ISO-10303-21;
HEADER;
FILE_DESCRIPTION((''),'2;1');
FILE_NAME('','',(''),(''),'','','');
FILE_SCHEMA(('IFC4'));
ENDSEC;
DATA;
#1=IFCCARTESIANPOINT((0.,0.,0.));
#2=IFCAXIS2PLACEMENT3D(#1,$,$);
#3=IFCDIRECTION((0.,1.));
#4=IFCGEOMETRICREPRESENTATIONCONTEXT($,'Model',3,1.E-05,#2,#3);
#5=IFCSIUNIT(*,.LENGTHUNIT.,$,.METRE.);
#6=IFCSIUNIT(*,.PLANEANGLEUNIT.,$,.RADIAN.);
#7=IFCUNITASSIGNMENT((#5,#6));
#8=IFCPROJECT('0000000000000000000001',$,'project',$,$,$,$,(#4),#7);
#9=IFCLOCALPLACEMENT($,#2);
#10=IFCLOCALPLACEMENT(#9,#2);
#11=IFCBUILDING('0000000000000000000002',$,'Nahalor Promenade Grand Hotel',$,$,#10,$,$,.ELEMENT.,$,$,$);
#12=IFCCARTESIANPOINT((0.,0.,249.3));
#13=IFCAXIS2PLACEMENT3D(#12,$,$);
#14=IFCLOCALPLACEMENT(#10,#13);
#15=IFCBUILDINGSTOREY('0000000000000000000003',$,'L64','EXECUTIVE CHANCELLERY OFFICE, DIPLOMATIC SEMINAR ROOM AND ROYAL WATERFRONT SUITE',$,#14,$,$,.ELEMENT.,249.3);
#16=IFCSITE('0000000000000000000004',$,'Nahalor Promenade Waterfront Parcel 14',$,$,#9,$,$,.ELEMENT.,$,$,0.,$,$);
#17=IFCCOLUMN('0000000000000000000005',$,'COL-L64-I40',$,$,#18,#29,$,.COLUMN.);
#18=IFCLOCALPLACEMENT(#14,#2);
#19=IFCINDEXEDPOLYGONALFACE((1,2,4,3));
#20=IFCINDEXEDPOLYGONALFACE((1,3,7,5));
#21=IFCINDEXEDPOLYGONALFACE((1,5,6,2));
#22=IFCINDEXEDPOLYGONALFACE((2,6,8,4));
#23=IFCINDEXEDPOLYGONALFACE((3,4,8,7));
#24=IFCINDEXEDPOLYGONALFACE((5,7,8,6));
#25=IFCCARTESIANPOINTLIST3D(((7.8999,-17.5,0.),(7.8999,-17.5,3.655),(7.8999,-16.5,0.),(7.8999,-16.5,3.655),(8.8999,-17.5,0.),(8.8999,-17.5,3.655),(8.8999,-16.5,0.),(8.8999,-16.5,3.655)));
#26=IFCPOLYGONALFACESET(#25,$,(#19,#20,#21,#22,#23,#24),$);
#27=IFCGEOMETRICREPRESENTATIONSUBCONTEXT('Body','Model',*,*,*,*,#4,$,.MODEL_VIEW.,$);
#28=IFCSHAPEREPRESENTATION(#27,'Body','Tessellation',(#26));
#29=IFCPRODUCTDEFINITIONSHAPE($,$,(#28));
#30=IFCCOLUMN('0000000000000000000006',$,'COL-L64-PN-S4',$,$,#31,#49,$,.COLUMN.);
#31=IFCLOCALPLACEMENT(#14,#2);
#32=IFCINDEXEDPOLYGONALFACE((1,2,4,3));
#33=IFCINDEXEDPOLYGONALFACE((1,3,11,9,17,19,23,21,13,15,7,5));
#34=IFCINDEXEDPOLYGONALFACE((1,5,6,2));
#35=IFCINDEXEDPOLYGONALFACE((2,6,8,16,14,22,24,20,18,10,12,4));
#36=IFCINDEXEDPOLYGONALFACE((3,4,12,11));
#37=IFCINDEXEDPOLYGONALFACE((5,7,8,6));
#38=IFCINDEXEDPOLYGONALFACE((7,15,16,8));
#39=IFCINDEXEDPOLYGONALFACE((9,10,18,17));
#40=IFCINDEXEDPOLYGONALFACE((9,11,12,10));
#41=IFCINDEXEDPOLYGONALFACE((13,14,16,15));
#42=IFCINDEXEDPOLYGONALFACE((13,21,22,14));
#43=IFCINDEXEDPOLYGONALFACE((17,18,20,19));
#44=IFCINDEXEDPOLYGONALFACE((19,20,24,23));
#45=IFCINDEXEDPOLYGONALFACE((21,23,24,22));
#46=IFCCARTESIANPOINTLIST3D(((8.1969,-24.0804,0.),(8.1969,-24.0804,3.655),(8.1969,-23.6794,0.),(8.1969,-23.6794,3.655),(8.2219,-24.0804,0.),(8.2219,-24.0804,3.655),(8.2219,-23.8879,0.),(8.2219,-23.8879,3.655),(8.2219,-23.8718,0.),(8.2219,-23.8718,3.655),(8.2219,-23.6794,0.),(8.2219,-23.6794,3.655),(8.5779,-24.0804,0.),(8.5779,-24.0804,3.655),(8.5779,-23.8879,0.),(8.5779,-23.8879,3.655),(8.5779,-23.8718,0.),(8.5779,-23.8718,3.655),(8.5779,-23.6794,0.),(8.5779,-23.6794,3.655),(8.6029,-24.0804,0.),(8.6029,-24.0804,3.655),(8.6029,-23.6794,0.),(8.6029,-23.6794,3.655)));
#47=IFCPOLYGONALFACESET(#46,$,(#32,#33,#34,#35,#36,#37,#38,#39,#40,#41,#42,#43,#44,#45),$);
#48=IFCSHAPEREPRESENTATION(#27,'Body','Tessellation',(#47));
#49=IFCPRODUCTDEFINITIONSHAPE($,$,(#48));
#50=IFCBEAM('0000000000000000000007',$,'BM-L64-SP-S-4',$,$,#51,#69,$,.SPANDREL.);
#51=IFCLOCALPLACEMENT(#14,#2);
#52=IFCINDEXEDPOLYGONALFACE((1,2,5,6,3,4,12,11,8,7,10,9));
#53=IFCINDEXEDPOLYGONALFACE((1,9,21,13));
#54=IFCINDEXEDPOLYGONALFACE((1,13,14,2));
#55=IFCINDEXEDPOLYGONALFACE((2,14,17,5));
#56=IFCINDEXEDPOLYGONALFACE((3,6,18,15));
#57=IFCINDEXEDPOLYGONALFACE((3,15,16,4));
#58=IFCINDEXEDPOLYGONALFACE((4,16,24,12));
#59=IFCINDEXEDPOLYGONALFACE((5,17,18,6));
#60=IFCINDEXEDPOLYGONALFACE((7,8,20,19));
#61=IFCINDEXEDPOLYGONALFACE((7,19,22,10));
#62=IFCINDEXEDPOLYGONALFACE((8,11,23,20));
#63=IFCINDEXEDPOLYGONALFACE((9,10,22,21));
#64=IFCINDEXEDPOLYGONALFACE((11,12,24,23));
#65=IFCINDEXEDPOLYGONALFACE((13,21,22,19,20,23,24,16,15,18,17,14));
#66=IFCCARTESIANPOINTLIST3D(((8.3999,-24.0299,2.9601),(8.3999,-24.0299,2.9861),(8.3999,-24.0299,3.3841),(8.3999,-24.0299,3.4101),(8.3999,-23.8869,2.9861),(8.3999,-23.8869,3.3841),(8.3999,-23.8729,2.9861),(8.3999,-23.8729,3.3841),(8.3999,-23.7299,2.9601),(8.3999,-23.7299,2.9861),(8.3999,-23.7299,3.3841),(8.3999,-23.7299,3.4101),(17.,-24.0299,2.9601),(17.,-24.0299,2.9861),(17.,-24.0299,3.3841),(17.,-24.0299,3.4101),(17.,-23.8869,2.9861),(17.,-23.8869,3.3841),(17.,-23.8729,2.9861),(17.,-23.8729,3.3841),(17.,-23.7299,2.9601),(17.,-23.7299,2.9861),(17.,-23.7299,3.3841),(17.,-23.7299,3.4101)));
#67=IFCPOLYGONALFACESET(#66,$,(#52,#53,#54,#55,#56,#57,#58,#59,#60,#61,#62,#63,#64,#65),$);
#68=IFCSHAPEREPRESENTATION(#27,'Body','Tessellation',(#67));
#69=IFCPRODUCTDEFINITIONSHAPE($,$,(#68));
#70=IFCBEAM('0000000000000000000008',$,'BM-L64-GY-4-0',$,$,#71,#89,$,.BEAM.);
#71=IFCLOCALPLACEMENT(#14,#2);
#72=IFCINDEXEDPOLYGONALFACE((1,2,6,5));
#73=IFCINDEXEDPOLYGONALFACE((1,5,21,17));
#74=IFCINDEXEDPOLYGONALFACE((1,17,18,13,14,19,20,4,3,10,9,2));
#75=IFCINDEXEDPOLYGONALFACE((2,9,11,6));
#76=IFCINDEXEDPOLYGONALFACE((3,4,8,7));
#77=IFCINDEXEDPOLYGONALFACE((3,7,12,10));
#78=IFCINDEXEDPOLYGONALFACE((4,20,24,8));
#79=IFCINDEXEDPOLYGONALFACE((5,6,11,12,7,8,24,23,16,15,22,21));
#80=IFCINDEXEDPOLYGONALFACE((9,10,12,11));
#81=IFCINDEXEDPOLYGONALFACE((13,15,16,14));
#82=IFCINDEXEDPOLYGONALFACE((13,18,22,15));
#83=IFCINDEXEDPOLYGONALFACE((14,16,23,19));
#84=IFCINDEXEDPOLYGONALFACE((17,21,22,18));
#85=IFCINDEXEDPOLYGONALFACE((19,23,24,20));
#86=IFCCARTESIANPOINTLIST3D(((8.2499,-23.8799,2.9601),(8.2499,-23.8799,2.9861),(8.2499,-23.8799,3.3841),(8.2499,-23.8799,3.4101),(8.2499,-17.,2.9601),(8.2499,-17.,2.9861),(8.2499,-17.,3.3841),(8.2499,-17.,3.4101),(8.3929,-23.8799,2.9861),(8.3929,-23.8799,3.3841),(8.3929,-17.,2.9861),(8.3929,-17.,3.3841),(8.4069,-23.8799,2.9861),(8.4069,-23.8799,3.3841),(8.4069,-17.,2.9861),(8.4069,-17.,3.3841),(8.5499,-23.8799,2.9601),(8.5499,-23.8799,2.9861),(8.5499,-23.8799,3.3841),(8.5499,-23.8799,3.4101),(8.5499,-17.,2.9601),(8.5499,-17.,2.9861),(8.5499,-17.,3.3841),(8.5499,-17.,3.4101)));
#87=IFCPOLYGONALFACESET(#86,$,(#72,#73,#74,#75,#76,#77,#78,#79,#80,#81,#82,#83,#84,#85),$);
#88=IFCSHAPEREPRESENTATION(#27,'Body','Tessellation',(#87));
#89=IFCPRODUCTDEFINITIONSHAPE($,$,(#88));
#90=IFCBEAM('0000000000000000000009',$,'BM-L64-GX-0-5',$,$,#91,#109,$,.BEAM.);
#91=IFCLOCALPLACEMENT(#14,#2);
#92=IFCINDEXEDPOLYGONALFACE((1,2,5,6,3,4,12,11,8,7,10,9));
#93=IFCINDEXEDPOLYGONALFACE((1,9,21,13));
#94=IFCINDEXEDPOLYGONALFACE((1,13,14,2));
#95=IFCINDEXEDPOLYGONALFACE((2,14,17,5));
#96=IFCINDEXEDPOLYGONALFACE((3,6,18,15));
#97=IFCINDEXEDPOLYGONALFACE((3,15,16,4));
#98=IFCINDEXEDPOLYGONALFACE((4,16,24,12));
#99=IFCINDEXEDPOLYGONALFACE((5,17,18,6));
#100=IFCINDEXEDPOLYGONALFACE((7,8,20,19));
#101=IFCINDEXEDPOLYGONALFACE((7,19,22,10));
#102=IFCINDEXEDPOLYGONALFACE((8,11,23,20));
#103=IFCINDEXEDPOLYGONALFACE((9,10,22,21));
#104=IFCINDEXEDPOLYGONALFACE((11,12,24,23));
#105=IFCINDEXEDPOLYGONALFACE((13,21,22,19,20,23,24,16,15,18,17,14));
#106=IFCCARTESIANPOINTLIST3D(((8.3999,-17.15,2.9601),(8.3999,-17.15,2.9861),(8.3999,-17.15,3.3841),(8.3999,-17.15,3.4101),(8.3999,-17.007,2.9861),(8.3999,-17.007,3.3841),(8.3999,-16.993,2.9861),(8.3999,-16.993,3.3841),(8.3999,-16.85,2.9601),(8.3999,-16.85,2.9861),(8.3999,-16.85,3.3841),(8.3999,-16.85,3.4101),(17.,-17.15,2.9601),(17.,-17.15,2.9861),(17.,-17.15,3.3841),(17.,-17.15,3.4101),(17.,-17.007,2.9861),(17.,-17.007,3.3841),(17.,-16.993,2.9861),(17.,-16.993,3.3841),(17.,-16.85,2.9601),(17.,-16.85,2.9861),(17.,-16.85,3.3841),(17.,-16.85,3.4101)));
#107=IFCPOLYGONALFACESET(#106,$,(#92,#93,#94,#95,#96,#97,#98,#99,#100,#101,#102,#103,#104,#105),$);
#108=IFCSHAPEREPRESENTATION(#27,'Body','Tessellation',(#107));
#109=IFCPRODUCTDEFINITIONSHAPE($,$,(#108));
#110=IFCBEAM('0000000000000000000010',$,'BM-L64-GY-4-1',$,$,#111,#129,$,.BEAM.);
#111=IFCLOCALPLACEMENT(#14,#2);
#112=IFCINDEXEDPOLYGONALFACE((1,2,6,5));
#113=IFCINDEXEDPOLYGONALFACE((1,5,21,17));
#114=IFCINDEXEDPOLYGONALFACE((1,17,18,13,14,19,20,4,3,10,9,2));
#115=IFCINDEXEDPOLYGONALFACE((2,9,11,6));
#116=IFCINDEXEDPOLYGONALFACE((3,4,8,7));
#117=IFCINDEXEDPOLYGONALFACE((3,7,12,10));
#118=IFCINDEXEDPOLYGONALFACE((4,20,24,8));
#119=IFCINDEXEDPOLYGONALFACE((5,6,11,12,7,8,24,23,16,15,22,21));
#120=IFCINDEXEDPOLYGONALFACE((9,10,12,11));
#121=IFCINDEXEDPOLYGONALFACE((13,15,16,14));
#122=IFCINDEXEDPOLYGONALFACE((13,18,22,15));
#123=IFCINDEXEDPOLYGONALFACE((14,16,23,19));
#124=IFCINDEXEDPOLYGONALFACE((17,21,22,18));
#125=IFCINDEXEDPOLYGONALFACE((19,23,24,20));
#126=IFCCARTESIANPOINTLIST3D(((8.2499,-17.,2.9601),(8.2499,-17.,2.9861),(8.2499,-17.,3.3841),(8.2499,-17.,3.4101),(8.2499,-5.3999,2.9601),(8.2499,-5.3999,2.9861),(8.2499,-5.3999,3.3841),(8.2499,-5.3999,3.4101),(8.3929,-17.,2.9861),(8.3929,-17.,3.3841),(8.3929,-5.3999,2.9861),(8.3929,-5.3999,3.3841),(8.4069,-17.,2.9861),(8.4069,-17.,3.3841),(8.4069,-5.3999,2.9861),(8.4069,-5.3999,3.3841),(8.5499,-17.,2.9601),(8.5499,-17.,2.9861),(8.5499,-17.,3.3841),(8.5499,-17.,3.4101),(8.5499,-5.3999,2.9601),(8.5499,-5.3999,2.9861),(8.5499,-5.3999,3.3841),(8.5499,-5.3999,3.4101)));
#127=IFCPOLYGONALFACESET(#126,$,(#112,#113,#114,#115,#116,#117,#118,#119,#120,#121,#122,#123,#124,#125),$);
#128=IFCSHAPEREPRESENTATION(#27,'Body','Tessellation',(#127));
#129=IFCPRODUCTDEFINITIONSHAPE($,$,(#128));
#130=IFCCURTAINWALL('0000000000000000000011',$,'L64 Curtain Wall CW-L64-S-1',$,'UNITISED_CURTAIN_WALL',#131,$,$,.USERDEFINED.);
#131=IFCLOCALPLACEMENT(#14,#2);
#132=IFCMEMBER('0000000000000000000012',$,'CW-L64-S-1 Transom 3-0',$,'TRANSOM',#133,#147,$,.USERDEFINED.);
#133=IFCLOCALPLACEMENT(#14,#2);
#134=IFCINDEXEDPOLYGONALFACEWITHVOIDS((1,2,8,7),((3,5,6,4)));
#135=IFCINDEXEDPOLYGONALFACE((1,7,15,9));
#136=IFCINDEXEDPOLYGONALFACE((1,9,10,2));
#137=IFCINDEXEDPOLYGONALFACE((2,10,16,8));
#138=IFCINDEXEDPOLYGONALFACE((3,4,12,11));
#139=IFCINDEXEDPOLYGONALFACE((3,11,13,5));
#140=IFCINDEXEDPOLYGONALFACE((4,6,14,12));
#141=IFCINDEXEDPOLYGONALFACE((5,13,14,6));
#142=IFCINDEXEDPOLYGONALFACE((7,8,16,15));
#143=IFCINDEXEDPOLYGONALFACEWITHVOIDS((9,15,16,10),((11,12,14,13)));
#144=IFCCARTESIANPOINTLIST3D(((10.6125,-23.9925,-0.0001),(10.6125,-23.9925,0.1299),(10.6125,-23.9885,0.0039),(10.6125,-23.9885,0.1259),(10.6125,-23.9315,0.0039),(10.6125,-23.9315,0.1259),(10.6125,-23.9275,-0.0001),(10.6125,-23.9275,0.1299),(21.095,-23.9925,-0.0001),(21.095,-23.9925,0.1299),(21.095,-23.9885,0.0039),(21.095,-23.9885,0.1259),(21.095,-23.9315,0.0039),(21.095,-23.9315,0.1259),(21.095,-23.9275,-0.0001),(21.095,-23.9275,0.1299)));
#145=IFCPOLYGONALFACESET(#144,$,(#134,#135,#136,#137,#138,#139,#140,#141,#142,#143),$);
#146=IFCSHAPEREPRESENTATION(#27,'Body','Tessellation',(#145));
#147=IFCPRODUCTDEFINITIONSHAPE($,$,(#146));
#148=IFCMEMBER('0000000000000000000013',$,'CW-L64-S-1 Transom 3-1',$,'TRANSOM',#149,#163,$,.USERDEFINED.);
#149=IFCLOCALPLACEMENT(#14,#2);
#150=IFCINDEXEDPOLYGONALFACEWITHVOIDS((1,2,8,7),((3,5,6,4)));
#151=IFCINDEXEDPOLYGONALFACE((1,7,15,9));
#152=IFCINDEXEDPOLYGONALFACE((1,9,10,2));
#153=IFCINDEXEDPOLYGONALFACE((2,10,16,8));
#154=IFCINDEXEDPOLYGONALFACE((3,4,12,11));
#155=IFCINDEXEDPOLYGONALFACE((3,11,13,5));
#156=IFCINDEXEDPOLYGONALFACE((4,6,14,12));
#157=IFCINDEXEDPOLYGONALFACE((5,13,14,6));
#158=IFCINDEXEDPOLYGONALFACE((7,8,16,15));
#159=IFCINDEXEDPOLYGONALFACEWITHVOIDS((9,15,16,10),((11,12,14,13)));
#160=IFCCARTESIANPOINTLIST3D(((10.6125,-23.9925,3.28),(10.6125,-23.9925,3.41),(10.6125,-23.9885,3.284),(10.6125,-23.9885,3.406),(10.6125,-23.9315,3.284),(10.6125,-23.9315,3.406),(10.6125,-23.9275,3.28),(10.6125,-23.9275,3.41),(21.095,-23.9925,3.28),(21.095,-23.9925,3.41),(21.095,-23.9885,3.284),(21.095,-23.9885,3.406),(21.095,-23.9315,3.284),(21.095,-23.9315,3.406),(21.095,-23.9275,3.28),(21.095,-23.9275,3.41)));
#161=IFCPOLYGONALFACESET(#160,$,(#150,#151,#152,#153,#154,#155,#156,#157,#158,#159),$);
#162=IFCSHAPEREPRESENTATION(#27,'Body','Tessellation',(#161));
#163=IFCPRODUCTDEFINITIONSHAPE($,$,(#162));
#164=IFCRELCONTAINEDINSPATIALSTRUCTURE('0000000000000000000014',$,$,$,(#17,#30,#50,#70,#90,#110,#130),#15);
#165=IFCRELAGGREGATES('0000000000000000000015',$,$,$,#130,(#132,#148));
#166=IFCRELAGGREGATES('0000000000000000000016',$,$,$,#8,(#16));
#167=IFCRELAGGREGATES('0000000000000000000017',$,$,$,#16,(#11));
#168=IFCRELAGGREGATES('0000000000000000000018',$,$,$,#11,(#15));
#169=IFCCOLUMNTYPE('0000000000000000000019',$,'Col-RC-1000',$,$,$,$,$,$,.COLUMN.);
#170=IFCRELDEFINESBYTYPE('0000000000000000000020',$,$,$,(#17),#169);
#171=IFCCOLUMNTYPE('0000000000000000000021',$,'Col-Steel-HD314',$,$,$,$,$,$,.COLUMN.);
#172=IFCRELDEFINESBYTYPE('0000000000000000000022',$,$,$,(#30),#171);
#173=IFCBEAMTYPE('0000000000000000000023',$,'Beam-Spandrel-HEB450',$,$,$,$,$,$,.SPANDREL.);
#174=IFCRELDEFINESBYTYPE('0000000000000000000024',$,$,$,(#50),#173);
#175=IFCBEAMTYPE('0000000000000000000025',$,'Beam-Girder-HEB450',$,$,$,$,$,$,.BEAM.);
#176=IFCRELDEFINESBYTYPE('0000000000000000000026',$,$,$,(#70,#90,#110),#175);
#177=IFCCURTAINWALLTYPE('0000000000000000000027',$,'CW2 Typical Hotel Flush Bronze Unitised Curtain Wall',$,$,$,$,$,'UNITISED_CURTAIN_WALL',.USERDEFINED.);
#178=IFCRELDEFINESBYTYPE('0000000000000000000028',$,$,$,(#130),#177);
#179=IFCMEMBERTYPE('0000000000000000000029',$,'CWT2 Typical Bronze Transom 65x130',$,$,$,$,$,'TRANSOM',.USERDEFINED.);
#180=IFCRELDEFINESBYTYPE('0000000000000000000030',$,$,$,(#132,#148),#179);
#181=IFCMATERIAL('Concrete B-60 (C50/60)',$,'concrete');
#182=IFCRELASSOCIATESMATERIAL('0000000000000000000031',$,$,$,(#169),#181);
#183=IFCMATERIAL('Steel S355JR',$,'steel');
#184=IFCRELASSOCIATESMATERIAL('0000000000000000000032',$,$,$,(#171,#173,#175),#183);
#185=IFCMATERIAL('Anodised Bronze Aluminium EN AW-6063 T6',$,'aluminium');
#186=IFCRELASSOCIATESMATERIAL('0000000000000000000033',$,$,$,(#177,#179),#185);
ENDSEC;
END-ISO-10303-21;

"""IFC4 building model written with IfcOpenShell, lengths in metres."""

from ifc_helpers import new_model, si_unit, direction, frame, origin, origin_2d, place, context, subcontext, project, spatial, rectangle, hollow_rectangle, i_section, extrude, source, transform, mapped, material, material_profile, profile_set, type_object, element, aggregate, save


model = new_model("IFC4")

# Units and contexts
model_context = context("Model", 3, precision=1e-05, world=origin(), true_north=direction((0.0, 1.0)))
body_context = subcontext(model_context, "Body", "Model", "MODEL_VIEW")
ifc_project = project(units=[si_unit("LENGTHUNIT", "METRE"), si_unit("PLANEANGLEUNIT", "RADIAN")], contexts=[model_context])

# Site, building, storey
site_placement = place(None, origin())
site = spatial("IfcSite", under=ifc_project, at=site_placement, Name="Nahalor Promenade Waterfront Parcel 14", CompositionType="ELEMENT", RefElevation=0.0)
building_placement = place(site_placement, origin())
building = spatial("IfcBuilding", under=site, at=building_placement, Name="Nahalor Promenade Grand Hotel", CompositionType="ELEMENT")
storey_placement = place(building_placement, frame((0.0, 0.0, 249.3)))
storey = spatial("IfcBuildingStorey", under=building, at=storey_placement, Name="L64", Description="EXECUTIVE CHANCELLERY OFFICE, DIPLOMATIC SEMINAR ROOM AND ROYAL WATERFRONT SUITE", CompositionType="ELEMENT", Elevation=249.3)

# Columns
ifc_material_1 = material(Name="Concrete B-60 (C50/60)", Category="concrete")
ifc_material_profile_1 = material_profile(ifc_material_1, rectangle(XDim=1.0, YDim=1.0, at=origin_2d()), Name="RC 1000x1000")
ifc_profile_set_1 = profile_set([ifc_material_profile_1], Name="Concrete B-60 (C50/60)")
column_type_1 = type_object("IfcColumnType", Name="Col-RC-1000", PredefinedType="COLUMN", material=ifc_profile_set_1)
shared_shape_1 = source(origin(), body_context, "Body", "SweptSolid", [
    extrude(rectangle(XDim=1.0, YDim=1.0, at=origin_2d()), origin(), (0.0, 0.0, 1.0), 3.655),
])
column_1_placement = place(storey_placement, frame((8.3999, -17.0, 0.0), z_axis=(0.0, 0.0, 1.0), x_axis=(1.0, 0.0, 0.0)))
element("IfcColumn", 1, at=column_1_placement, inside=storey, type_object=column_type_1, Name="COL-L64-I40", PredefinedType="COLUMN", context=body_context, shape_type="MappedRepresentation", body=[
    mapped(shared_shape_1, transform((0.0, 0.0, 0.0), scale=1.0)),
])
ifc_material_2 = material(Name="Steel S355JR", Category="steel")
ifc_material_profile_2 = material_profile(ifc_material_2, i_section(OverallWidth=0.401, OverallDepth=0.406, WebThickness=0.0161, FlangeThickness=0.025, at=origin_2d()), Name="HD 400x314")
ifc_profile_set_2 = profile_set([ifc_material_profile_2], Name="Steel S355JR")
column_type_2 = type_object("IfcColumnType", Name="Col-Steel-HD314", PredefinedType="COLUMN", material=ifc_profile_set_2)
shared_shape_2 = source(origin(), body_context, "Body", "SweptSolid", [
    extrude(i_section(OverallWidth=0.401, OverallDepth=0.406, WebThickness=0.0161, FlangeThickness=0.025, at=origin_2d()), origin(), (0.0, 0.0, 1.0), 3.655),
])
column_2_placement = place(storey_placement, frame((8.3999, -23.8799, 0.0), z_axis=(0.0, 0.0, 1.0), x_axis=(0.0, 1.0, 0.0)))
element("IfcColumn", 2, at=column_2_placement, inside=storey, type_object=column_type_2, Name="COL-L64-PN-S4", PredefinedType="COLUMN", context=body_context, shape_type="MappedRepresentation", body=[
    mapped(shared_shape_2, transform((0.0, 0.0, 0.0), scale=1.0)),
])

# Beams
ifc_material_profile_3 = material_profile(ifc_material_2, i_section(OverallWidth=0.3, OverallDepth=0.45, WebThickness=0.014, FlangeThickness=0.026, at=origin_2d()), Name="HEB 450")
ifc_profile_set_3 = profile_set([ifc_material_profile_3], Name="Steel S355JR")
beam_type_1 = type_object("IfcBeamType", Name="Beam-Spandrel-HEB450", PredefinedType="SPANDREL", material=ifc_profile_set_3)
shared_shape_3 = source(origin(), body_context, "Body", "SweptSolid", [
    extrude(i_section(OverallWidth=0.3, OverallDepth=0.45, WebThickness=0.014, FlangeThickness=0.026, at=origin_2d()), origin(), (0.0, 0.0, 1.0), 8.6001),
])
beam_1_placement = place(storey_placement, frame((8.3999, -23.8799, 3.1851), z_axis=(1.0, 0.0, 0.0), x_axis=(0.0, 1.0, 0.0)))
element("IfcBeam", 3, at=beam_1_placement, inside=storey, type_object=beam_type_1, Name="BM-L64-SP-S-4", PredefinedType="SPANDREL", context=body_context, shape_type="MappedRepresentation", body=[
    mapped(shared_shape_3, transform((0.0, 0.0, 0.0), scale=1.0)),
])
ifc_material_profile_4 = material_profile(ifc_material_2, i_section(OverallWidth=0.3, OverallDepth=0.45, WebThickness=0.014, FlangeThickness=0.026, at=origin_2d()), Name="HEB 450")
ifc_profile_set_4 = profile_set([ifc_material_profile_4], Name="Steel S355JR")
beam_type_2 = type_object("IfcBeamType", Name="Beam-Girder-HEB450", PredefinedType="BEAM", material=ifc_profile_set_4)
shared_shape_4 = source(origin(), body_context, "Body", "SweptSolid", [
    extrude(i_section(OverallWidth=0.3, OverallDepth=0.45, WebThickness=0.014, FlangeThickness=0.026, at=origin_2d()), origin(), (0.0, 0.0, 1.0), 6.8799),
])
beam_2_placement = place(storey_placement, frame((8.3999, -23.8799, 3.1851), z_axis=(0.0, 1.0, 0.0), x_axis=(-1.0, 0.0, 0.0)))
element("IfcBeam", 4, at=beam_2_placement, inside=storey, type_object=beam_type_2, Name="BM-L64-GY-4-0", PredefinedType="BEAM", context=body_context, shape_type="MappedRepresentation", body=[
    mapped(shared_shape_4, transform((0.0, 0.0, 0.0), scale=1.0)),
])
shared_shape_5 = source(origin(), body_context, "Body", "SweptSolid", [
    extrude(i_section(OverallWidth=0.3, OverallDepth=0.45, WebThickness=0.014, FlangeThickness=0.026, at=origin_2d()), origin(), (0.0, 0.0, 1.0), 8.6001),
])
beam_3_placement = place(storey_placement, frame((8.3999, -17.0, 3.1851), z_axis=(1.0, 0.0, 0.0), x_axis=(0.0, 1.0, 0.0)))
element("IfcBeam", 5, at=beam_3_placement, inside=storey, type_object=beam_type_2, Name="BM-L64-GX-0-5", PredefinedType="BEAM", context=body_context, shape_type="MappedRepresentation", body=[
    mapped(shared_shape_5, transform((0.0, 0.0, 0.0), scale=1.0)),
])
shared_shape_6 = source(origin(), body_context, "Body", "SweptSolid", [
    extrude(i_section(OverallWidth=0.3, OverallDepth=0.45, WebThickness=0.014, FlangeThickness=0.026, at=origin_2d()), origin(), (0.0, 0.0, 1.0), 11.6001),
])
beam_4_placement = place(storey_placement, frame((8.3999, -17.0, 3.1851), z_axis=(0.0, 1.0, 0.0), x_axis=(-1.0, 0.0, 0.0)))
element("IfcBeam", 6, at=beam_4_placement, inside=storey, type_object=beam_type_2, Name="BM-L64-GY-4-1", PredefinedType="BEAM", context=body_context, shape_type="MappedRepresentation", body=[
    mapped(shared_shape_6, transform((0.0, 0.0, 0.0), scale=1.0)),
])

# Curtain wall, members
ifc_material_3 = material(Name="Anodised Bronze Aluminium EN AW-6063 T6", Category="aluminium")
curtain_wall_type = type_object("IfcCurtainWallType", Name="CW2 Typical Hotel Flush Bronze Unitised Curtain Wall", ElementType="UNITISED_CURTAIN_WALL", PredefinedType="USERDEFINED", material=ifc_material_3)
curtain_wall_placement = place(storey_placement, origin())
curtain_wall = element("IfcCurtainWall", 7, at=curtain_wall_placement, inside=storey, type_object=curtain_wall_type, Name="L64 Curtain Wall CW-L64-S-1", ObjectType="UNITISED_CURTAIN_WALL", PredefinedType="USERDEFINED")
ifc_material_profile_5 = material_profile(ifc_material_3, hollow_rectangle(XDim=0.065, YDim=0.13, WallThickness=0.004, at=origin_2d()), Name="CWT 65x130x4")
ifc_profile_set_5 = profile_set([ifc_material_profile_5], Name="Anodised Bronze Aluminium EN AW-6063 T6")
member_type_1 = type_object("IfcMemberType", Name="CWT2 Typical Bronze Transom 65x130", ElementType="TRANSOM", PredefinedType="USERDEFINED", material=ifc_profile_set_5)
shared_shape_7 = source(origin(), body_context, "Body", "SweptSolid", [
    extrude(hollow_rectangle(XDim=0.065, YDim=0.13, WallThickness=0.004, at=origin_2d()), origin(), (0.0, 0.0, 1.0), 10.4824),
])
member_1_placement = place(storey_placement, frame((10.6125, -23.96, 0.0649), z_axis=(1.0, 0.0, 0.0), x_axis=(0.0, 1.0, 0.0)))
member_1 = element("IfcMember", 8, at=member_1_placement, type_object=member_type_1, Name="CW-L64-S-1 Transom 3-0", ObjectType="TRANSOM", PredefinedType="USERDEFINED", context=body_context, shape_type="MappedRepresentation", body=[
    mapped(shared_shape_7, transform((0.0, 0.0, 0.0), scale=1.0)),
])
member_2_placement = place(storey_placement, frame((10.6125, -23.96, 3.345), z_axis=(1.0, 0.0, 0.0), x_axis=(0.0, 1.0, 0.0)))
member_2 = element("IfcMember", 9, at=member_2_placement, type_object=member_type_1, Name="CW-L64-S-1 Transom 3-1", ObjectType="TRANSOM", PredefinedType="USERDEFINED", context=body_context, shape_type="MappedRepresentation", body=[
    mapped(shared_shape_7, transform((0.0, 0.0, 0.0), scale=1.0)),
])
aggregate(curtain_wall, [member_1, member_2])

save(model, "model.ifc")
